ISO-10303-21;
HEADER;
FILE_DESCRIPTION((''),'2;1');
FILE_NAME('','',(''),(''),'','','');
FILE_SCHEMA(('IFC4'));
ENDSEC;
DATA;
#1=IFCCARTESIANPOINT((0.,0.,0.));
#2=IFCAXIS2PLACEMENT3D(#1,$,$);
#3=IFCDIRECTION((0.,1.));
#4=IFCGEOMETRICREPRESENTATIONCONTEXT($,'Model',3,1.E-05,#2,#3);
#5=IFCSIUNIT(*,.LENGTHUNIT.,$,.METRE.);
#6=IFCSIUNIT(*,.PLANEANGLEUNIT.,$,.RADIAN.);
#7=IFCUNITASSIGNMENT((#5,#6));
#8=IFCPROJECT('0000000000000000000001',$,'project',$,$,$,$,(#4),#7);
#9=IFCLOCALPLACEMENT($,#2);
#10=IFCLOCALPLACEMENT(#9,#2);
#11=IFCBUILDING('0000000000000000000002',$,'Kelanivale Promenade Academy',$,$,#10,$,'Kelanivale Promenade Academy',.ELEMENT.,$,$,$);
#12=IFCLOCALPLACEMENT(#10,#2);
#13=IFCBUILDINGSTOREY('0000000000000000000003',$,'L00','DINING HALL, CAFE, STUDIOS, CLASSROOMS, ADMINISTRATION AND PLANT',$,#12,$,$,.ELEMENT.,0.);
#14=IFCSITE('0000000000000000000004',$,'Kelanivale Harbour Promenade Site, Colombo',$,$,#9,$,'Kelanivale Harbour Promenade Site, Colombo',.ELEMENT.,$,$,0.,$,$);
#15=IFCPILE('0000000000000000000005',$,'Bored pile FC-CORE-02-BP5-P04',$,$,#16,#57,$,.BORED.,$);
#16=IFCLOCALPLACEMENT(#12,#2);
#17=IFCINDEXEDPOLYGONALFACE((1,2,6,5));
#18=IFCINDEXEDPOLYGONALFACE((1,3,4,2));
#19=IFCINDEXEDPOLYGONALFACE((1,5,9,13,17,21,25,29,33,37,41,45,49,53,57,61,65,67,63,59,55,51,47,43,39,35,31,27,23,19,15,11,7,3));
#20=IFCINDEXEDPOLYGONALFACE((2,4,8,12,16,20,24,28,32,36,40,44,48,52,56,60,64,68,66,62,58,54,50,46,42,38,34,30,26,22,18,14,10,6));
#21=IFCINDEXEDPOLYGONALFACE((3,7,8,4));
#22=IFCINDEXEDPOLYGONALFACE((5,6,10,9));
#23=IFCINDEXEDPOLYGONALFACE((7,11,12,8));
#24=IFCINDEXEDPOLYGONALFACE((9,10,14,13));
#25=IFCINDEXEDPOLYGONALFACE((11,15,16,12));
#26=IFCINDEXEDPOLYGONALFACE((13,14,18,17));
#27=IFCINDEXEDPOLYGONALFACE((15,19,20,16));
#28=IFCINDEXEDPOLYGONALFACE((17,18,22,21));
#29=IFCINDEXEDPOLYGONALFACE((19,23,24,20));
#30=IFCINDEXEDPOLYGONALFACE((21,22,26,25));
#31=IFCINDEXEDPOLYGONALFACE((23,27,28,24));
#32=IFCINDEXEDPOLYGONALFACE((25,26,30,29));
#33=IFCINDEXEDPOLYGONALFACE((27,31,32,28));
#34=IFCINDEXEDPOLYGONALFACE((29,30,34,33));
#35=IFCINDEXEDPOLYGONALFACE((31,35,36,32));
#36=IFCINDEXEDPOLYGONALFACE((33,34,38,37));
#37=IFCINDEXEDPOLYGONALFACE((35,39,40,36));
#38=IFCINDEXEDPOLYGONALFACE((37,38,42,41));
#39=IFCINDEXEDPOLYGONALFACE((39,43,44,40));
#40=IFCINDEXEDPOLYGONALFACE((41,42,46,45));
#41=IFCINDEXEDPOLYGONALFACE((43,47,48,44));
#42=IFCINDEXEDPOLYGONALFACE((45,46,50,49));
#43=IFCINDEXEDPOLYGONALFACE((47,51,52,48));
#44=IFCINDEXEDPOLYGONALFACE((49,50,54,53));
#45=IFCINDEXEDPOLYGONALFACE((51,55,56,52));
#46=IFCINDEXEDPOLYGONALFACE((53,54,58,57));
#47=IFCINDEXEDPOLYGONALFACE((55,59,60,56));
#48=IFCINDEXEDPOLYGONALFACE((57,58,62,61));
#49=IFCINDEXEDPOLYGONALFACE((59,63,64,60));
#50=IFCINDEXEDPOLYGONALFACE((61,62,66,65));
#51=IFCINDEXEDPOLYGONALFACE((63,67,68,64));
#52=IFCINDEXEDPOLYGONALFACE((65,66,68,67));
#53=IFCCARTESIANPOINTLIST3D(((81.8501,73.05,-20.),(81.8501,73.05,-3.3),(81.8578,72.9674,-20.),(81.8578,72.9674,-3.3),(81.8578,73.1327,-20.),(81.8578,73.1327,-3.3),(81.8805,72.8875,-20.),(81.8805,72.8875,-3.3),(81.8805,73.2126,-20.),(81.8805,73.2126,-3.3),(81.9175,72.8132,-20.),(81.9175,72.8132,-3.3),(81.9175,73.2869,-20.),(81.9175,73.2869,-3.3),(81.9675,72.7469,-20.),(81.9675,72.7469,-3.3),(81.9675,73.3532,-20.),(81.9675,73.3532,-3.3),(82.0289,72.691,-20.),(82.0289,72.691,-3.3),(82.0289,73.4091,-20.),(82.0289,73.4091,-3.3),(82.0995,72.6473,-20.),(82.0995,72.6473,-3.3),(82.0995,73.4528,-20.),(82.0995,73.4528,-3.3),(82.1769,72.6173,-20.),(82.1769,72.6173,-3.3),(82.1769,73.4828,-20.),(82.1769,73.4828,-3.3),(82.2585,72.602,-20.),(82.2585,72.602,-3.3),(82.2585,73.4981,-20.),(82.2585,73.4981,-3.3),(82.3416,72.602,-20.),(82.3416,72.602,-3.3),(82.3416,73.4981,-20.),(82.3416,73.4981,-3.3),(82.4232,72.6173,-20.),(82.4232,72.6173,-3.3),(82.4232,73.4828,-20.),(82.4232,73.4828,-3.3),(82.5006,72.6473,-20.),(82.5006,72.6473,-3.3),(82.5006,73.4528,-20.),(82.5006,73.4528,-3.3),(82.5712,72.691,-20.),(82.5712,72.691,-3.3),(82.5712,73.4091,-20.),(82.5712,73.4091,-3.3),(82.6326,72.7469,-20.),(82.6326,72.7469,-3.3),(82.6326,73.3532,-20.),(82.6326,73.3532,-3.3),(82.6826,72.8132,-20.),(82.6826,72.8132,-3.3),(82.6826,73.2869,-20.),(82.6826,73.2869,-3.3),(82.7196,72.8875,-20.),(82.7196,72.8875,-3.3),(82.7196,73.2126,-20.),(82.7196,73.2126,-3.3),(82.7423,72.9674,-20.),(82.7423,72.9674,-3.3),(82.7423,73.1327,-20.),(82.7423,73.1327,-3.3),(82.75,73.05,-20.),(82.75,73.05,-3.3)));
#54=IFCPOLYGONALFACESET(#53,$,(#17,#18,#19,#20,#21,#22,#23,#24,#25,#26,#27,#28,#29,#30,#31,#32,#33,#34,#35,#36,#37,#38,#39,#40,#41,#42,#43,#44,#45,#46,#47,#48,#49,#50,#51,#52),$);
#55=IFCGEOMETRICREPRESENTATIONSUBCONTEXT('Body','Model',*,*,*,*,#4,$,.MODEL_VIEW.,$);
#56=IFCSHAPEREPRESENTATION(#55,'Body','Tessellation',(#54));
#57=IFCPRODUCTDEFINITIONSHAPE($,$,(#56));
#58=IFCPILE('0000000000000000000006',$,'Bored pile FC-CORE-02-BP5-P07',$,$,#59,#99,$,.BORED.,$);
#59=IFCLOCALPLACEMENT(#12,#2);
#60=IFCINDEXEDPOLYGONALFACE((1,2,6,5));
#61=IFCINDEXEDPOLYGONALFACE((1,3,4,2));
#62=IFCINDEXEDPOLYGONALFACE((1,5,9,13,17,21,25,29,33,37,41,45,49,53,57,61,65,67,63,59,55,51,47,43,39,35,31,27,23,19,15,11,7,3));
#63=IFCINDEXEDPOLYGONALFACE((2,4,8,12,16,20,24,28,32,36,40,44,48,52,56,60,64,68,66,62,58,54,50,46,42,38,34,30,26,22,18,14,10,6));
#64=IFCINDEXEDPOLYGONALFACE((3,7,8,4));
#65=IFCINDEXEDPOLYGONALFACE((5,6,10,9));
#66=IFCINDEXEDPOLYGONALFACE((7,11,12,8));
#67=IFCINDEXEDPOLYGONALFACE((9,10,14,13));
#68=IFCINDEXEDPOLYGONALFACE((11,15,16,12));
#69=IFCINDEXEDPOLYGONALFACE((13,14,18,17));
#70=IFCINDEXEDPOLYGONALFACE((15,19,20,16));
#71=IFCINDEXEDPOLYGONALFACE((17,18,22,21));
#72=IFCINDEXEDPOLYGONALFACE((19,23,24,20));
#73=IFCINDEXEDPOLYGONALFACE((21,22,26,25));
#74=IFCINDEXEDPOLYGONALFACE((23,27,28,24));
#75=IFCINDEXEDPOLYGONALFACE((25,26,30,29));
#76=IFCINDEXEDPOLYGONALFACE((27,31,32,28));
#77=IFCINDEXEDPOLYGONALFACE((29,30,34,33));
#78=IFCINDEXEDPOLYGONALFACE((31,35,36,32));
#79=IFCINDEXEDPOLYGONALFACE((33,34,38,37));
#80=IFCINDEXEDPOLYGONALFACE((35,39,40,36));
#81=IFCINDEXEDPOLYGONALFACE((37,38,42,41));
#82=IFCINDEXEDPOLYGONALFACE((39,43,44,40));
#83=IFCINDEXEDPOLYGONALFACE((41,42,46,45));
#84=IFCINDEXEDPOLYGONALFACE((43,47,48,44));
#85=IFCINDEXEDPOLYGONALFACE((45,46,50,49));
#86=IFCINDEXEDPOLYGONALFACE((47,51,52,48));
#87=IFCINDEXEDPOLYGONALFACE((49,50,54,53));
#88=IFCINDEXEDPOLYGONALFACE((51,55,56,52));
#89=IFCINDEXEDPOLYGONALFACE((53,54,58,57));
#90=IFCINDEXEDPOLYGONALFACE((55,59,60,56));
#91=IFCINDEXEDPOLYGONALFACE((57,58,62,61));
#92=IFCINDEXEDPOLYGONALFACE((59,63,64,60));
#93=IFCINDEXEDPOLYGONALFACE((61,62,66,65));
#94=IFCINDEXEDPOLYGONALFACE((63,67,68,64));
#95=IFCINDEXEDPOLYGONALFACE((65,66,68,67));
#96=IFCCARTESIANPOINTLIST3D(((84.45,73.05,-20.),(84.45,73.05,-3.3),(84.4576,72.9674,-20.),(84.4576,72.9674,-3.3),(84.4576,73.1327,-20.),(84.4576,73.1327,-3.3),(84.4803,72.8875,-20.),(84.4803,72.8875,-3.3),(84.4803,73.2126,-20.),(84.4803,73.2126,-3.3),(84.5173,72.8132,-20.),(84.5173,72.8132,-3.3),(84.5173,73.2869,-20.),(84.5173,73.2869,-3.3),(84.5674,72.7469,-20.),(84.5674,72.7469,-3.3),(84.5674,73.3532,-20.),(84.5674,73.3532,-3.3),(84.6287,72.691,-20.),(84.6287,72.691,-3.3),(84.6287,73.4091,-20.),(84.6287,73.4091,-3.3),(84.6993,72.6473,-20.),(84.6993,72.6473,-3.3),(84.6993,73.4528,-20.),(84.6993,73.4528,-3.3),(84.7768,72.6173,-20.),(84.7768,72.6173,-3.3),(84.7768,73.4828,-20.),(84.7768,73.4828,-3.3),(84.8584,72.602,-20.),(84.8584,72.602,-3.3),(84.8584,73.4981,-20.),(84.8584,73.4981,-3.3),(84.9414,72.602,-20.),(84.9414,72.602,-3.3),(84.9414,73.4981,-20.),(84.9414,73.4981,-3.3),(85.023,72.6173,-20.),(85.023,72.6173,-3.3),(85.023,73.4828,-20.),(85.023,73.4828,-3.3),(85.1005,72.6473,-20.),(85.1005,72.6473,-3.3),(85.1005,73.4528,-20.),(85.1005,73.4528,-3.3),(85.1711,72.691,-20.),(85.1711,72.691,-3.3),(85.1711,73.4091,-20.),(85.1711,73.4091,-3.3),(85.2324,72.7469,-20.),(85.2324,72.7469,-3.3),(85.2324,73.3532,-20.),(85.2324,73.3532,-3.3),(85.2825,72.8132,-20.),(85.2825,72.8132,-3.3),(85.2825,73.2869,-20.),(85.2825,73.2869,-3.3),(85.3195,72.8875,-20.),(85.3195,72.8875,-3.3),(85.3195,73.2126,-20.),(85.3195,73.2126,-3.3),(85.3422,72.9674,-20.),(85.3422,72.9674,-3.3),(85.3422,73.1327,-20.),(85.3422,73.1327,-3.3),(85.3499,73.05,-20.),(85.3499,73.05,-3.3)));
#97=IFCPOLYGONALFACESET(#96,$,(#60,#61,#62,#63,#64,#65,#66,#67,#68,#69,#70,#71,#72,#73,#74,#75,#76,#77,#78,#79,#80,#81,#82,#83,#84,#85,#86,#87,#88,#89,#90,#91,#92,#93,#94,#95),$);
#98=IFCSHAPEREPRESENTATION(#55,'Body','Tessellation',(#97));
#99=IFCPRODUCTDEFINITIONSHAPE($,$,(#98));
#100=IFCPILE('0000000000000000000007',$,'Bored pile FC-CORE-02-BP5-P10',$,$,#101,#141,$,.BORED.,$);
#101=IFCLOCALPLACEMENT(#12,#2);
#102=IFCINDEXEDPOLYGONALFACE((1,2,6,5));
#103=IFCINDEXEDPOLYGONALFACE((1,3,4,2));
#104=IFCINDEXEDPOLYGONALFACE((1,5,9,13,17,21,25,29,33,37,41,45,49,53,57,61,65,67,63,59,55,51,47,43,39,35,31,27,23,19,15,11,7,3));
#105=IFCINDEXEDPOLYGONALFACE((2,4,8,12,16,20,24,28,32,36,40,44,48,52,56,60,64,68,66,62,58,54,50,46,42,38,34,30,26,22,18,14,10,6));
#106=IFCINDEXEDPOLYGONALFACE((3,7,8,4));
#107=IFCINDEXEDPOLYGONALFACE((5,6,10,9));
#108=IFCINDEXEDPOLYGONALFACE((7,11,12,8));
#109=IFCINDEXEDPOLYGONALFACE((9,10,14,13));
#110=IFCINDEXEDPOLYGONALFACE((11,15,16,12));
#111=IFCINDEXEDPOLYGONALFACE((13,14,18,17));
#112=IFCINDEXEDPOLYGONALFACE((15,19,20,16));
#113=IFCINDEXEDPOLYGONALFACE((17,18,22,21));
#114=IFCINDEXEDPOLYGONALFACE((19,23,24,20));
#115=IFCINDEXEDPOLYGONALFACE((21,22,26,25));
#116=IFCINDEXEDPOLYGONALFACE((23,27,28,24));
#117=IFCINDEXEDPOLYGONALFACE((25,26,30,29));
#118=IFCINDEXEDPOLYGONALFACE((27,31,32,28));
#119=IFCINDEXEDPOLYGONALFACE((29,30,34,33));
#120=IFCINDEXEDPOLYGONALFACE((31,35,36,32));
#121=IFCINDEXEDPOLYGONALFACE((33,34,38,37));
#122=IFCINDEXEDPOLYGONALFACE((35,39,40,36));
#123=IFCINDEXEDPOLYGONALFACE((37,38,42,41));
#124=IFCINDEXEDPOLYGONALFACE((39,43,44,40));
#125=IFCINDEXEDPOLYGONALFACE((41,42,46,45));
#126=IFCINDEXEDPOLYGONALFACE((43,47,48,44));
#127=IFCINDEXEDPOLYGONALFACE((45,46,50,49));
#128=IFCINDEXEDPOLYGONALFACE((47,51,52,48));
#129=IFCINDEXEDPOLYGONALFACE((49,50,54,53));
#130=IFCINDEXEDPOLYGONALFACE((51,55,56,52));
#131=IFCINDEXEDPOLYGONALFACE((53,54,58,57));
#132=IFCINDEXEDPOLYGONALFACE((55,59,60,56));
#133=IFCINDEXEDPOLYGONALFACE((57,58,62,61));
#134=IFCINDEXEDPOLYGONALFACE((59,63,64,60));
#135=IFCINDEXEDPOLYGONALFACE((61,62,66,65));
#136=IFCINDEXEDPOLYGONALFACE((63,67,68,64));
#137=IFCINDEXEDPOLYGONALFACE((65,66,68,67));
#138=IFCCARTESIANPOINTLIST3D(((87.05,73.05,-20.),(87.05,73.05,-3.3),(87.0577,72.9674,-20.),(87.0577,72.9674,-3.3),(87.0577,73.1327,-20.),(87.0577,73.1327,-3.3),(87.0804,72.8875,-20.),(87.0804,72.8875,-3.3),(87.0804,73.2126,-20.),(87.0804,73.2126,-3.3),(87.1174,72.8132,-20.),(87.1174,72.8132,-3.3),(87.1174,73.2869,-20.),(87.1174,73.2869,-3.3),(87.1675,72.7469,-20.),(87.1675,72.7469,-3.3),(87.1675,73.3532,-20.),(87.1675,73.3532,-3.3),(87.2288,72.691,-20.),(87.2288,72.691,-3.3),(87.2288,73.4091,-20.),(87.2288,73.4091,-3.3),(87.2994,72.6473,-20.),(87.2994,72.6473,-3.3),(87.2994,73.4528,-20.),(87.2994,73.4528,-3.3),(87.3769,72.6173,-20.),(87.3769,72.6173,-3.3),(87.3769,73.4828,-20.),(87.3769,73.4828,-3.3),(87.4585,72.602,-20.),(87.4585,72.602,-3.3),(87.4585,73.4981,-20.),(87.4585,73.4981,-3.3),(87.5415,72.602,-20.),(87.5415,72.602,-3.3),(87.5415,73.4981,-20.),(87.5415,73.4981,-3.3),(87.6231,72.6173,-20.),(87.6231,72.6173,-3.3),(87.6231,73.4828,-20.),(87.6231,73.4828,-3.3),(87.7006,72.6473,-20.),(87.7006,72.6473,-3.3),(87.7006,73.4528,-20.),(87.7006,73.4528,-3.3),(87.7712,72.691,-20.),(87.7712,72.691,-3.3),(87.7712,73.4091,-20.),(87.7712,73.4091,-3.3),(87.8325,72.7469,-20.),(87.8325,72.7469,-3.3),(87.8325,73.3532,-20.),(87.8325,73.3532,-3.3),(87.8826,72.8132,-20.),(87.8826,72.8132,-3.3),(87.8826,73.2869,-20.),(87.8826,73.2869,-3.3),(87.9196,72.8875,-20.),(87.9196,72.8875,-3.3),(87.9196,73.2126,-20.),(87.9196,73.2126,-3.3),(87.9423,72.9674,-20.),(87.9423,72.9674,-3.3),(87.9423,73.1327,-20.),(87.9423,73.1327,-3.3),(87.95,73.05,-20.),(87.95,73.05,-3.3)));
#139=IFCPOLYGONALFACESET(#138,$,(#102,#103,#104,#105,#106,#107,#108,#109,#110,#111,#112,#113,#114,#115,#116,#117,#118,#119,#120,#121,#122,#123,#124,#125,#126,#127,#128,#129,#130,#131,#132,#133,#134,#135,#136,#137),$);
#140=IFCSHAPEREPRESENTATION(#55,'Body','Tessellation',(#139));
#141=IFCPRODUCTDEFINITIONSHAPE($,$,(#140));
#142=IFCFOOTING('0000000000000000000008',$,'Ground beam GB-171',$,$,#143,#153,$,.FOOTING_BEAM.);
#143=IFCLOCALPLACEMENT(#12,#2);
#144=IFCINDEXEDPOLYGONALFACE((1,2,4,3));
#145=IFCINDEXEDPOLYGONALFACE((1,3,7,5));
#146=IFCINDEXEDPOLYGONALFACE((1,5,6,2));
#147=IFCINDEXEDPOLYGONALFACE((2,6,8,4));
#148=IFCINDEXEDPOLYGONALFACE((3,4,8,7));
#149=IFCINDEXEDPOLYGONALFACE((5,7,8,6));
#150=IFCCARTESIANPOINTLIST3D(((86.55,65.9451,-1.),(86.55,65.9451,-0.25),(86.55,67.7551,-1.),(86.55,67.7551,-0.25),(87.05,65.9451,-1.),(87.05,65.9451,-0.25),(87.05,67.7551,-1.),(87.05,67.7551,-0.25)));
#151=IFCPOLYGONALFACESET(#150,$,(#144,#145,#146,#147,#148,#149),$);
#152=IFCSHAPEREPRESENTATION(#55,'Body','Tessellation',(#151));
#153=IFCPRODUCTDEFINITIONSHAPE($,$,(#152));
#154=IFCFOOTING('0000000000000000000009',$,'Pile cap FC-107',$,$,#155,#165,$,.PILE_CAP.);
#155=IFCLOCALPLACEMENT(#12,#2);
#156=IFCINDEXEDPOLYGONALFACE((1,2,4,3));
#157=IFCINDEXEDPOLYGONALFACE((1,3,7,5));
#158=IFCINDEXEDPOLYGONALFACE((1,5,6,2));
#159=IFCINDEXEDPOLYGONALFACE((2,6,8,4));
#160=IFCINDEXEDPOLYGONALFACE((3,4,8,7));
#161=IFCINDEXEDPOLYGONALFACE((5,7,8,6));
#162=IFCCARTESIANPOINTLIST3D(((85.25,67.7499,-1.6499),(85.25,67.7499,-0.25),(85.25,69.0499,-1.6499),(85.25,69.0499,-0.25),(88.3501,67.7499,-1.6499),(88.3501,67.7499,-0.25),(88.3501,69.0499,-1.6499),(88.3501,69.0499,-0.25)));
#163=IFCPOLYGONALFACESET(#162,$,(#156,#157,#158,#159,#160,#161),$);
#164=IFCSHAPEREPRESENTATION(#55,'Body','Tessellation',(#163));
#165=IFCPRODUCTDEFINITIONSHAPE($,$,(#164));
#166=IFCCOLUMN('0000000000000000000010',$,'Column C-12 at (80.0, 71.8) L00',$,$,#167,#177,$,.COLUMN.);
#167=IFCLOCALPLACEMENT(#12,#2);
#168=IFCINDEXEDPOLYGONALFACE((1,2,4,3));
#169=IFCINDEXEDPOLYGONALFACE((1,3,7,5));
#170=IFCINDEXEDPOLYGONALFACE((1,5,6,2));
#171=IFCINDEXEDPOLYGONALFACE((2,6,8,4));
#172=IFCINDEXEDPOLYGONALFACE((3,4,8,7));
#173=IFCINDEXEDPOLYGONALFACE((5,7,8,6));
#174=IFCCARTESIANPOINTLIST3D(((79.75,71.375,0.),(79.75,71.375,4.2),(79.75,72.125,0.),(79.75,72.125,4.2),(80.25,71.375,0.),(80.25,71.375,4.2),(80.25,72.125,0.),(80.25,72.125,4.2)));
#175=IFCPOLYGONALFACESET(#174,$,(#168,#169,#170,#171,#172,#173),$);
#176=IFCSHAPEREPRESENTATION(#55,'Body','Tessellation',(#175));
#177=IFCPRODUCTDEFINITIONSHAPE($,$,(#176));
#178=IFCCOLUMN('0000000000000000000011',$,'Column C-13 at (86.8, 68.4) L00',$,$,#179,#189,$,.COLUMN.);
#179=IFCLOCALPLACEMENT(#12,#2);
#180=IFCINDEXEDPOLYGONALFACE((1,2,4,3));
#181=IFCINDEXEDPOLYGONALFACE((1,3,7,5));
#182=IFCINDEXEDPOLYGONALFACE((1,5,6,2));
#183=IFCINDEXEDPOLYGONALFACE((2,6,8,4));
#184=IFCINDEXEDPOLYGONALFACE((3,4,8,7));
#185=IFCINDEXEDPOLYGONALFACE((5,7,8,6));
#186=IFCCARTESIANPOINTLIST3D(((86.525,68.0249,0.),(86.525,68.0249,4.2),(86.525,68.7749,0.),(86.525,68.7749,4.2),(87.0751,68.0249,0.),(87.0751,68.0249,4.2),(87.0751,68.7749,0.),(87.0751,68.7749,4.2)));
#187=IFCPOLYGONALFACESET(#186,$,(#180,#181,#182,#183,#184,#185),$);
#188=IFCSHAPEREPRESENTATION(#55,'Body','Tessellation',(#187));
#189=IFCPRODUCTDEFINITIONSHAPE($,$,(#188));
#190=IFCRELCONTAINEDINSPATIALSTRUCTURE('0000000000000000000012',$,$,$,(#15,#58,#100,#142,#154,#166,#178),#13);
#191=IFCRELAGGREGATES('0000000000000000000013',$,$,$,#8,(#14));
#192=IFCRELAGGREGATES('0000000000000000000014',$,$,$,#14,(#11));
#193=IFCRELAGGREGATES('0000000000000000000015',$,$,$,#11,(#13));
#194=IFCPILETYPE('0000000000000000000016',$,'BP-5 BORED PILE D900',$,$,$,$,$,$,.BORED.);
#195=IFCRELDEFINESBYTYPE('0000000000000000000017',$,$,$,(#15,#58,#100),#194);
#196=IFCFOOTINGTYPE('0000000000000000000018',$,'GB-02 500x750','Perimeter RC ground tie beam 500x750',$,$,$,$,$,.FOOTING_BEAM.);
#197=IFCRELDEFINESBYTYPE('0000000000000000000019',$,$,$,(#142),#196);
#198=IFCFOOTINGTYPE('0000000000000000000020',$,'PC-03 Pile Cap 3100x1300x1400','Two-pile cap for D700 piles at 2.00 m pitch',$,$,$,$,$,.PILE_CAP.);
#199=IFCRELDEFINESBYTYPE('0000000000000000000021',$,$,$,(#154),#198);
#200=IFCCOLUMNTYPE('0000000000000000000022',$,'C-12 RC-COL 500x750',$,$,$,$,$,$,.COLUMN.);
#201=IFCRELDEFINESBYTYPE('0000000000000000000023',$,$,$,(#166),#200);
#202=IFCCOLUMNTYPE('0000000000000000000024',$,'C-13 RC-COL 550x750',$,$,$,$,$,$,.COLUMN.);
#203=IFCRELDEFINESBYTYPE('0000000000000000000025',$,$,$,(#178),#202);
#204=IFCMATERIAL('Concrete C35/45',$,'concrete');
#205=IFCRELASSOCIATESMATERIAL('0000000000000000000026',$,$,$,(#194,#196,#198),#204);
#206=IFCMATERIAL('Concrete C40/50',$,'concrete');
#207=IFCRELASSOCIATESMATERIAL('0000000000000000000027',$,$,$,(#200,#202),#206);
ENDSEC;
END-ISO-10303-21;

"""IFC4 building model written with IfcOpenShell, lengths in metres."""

from ifc_helpers import new_model, si_unit, direction, frame, origin, origin_2d, place, context, subcontext, project, spatial, rectangle, circle, extrude, material, material_profile, profile_set, type_object, element, save


model = new_model("IFC4")

# Units and contexts
model_context = context("Model", 3, precision=1e-05, world=origin(), true_north=direction((0.0, 1.0)))
body_context = subcontext(model_context, "Body", "Model", "MODEL_VIEW")
ifc_project = project(units=[si_unit("LENGTHUNIT", "METRE"), si_unit("PLANEANGLEUNIT", "RADIAN")], contexts=[model_context])

# Site, building, storey
site_placement = place(None, origin())
site = spatial("IfcSite", under=ifc_project, at=site_placement, Name="Kelanivale Harbour Promenade Site, Colombo", LongName="Kelanivale Harbour Promenade Site, Colombo", CompositionType="ELEMENT", RefElevation=0.0)
building_placement = place(site_placement, origin())
building = spatial("IfcBuilding", under=site, at=building_placement, Name="Kelanivale Promenade Academy", LongName="Kelanivale Promenade Academy", CompositionType="ELEMENT")
storey_placement = place(building_placement, origin())
storey = spatial("IfcBuildingStorey", under=building, at=storey_placement, Name="L00", Description="DINING HALL, CAFE, STUDIOS, CLASSROOMS, ADMINISTRATION AND PLANT", CompositionType="ELEMENT", Elevation=0.0)

# Piles
ifc_material_1 = material(Name="Concrete C35/45", Category="concrete")
ifc_material_profile_1 = material_profile(ifc_material_1, circle(Radius=0.45, at=origin_2d()), Name="BORED PILE D900")
ifc_profile_set_1 = profile_set([ifc_material_profile_1], Name="Concrete C35/45")
pile_type_1 = type_object("IfcPileType", Name="BP-5 BORED PILE D900", PredefinedType="BORED", material=ifc_profile_set_1)
for number, where, z_axis, x_axis, name in (
    (1, (82.3, 73.05, -3.3), (0.0, 0.0, -1.0), (1.0, 0.0, 0.0), "Bored pile FC-CORE-02-BP5-P04"),
    (2, (84.8999, 73.05, -3.3), (0.0, 0.0, -1.0), (1.0, 0.0, 0.0), "Bored pile FC-CORE-02-BP5-P07"),
    (3, (87.5, 73.05, -3.3), (0.0, 0.0, -1.0), (1.0, 0.0, 0.0), "Bored pile FC-CORE-02-BP5-P10"),
):
    element("IfcPile", number, at=place(storey_placement, frame(where, z_axis=z_axis, x_axis=x_axis)), inside=storey, type_object=pile_type_1, Name=name, PredefinedType="BORED", context=body_context, shape_type="SweptSolid", body=[
        extrude(circle(Radius=0.45, at=origin_2d()), origin(), (0.0, 0.0, 1.0), 16.7),
    ])

# Footings
footing_type_1 = type_object("IfcFootingType", Name="GB-02 500x750", Description="Perimeter RC ground tie beam 500x750", PredefinedType="FOOTING_BEAM", material=ifc_material_1)
footing_1_placement = place(storey_placement, frame((86.8, 66.8501, -1.0), z_axis=(0.0, 0.0, 1.0), x_axis=(0.0, 1.0, 0.0)))
element("IfcFooting", 4, at=footing_1_placement, inside=storey, type_object=footing_type_1, Name="Ground beam GB-171", PredefinedType="FOOTING_BEAM", context=body_context, shape_type="SweptSolid", body=[
    extrude(rectangle(XDim=1.8101, YDim=0.5, at=origin_2d()), origin(), (0.0, 0.0, 1.0), 0.75),
])
footing_type_2 = type_object("IfcFootingType", Name="PC-03 Pile Cap 3100x1300x1400", Description="Two-pile cap for D700 piles at 2.00 m pitch", PredefinedType="PILE_CAP", material=ifc_material_1)
footing_2_placement = place(storey_placement, frame((86.8, 68.3999, -1.6499), z_axis=(0.0, 0.0, 1.0), x_axis=(1.0, 0.0, 0.0)))
element("IfcFooting", 5, at=footing_2_placement, inside=storey, type_object=footing_type_2, Name="Pile cap FC-107", PredefinedType="PILE_CAP", context=body_context, shape_type="SweptSolid", body=[
    extrude(rectangle(XDim=3.1001, YDim=1.3, at=origin_2d()), origin(), (0.0, 0.0, 1.0), 1.3999),
])

# Columns
ifc_material_2 = material(Name="Concrete C40/50", Category="concrete")
ifc_material_profile_2 = material_profile(ifc_material_2, rectangle(XDim=0.5, YDim=0.75, at=origin_2d()), Name="RC-COL 500x750")
ifc_profile_set_2 = profile_set([ifc_material_profile_2], Name="Concrete C40/50")
column_type_1 = type_object("IfcColumnType", Name="C-12 RC-COL 500x750", PredefinedType="COLUMN", material=ifc_profile_set_2)
column_1_placement = place(storey_placement, frame((80.0, 71.75, 0.0), z_axis=(0.0, 0.0, 1.0), x_axis=(1.0, 0.0, 0.0)))
element("IfcColumn", 6, at=column_1_placement, inside=storey, type_object=column_type_1, Name="Column C-12 at (80.0, 71.8) L00", PredefinedType="COLUMN", context=body_context, shape_type="SweptSolid", body=[
    extrude(rectangle(XDim=0.5, YDim=0.75, at=origin_2d()), origin(), (0.0, 0.0, 1.0), 4.2),
])
ifc_material_profile_3 = material_profile(ifc_material_2, rectangle(XDim=0.55, YDim=0.75, at=origin_2d()), Name="RC-COL 550x750")
ifc_profile_set_3 = profile_set([ifc_material_profile_3], Name="Concrete C40/50")
column_type_2 = type_object("IfcColumnType", Name="C-13 RC-COL 550x750", PredefinedType="COLUMN", material=ifc_profile_set_3)
column_2_placement = place(storey_placement, frame((86.8, 68.3999, 0.0), z_axis=(0.0, 0.0, 1.0), x_axis=(1.0, 0.0, 0.0)))
element("IfcColumn", 7, at=column_2_placement, inside=storey, type_object=column_type_2, Name="Column C-13 at (86.8, 68.4) L00", PredefinedType="COLUMN", context=body_context, shape_type="SweptSolid", body=[
    extrude(rectangle(XDim=0.55, YDim=0.75, at=origin_2d()), origin(), (0.0, 0.0, 1.0), 4.2),
])

save(model, "model.ifc")
